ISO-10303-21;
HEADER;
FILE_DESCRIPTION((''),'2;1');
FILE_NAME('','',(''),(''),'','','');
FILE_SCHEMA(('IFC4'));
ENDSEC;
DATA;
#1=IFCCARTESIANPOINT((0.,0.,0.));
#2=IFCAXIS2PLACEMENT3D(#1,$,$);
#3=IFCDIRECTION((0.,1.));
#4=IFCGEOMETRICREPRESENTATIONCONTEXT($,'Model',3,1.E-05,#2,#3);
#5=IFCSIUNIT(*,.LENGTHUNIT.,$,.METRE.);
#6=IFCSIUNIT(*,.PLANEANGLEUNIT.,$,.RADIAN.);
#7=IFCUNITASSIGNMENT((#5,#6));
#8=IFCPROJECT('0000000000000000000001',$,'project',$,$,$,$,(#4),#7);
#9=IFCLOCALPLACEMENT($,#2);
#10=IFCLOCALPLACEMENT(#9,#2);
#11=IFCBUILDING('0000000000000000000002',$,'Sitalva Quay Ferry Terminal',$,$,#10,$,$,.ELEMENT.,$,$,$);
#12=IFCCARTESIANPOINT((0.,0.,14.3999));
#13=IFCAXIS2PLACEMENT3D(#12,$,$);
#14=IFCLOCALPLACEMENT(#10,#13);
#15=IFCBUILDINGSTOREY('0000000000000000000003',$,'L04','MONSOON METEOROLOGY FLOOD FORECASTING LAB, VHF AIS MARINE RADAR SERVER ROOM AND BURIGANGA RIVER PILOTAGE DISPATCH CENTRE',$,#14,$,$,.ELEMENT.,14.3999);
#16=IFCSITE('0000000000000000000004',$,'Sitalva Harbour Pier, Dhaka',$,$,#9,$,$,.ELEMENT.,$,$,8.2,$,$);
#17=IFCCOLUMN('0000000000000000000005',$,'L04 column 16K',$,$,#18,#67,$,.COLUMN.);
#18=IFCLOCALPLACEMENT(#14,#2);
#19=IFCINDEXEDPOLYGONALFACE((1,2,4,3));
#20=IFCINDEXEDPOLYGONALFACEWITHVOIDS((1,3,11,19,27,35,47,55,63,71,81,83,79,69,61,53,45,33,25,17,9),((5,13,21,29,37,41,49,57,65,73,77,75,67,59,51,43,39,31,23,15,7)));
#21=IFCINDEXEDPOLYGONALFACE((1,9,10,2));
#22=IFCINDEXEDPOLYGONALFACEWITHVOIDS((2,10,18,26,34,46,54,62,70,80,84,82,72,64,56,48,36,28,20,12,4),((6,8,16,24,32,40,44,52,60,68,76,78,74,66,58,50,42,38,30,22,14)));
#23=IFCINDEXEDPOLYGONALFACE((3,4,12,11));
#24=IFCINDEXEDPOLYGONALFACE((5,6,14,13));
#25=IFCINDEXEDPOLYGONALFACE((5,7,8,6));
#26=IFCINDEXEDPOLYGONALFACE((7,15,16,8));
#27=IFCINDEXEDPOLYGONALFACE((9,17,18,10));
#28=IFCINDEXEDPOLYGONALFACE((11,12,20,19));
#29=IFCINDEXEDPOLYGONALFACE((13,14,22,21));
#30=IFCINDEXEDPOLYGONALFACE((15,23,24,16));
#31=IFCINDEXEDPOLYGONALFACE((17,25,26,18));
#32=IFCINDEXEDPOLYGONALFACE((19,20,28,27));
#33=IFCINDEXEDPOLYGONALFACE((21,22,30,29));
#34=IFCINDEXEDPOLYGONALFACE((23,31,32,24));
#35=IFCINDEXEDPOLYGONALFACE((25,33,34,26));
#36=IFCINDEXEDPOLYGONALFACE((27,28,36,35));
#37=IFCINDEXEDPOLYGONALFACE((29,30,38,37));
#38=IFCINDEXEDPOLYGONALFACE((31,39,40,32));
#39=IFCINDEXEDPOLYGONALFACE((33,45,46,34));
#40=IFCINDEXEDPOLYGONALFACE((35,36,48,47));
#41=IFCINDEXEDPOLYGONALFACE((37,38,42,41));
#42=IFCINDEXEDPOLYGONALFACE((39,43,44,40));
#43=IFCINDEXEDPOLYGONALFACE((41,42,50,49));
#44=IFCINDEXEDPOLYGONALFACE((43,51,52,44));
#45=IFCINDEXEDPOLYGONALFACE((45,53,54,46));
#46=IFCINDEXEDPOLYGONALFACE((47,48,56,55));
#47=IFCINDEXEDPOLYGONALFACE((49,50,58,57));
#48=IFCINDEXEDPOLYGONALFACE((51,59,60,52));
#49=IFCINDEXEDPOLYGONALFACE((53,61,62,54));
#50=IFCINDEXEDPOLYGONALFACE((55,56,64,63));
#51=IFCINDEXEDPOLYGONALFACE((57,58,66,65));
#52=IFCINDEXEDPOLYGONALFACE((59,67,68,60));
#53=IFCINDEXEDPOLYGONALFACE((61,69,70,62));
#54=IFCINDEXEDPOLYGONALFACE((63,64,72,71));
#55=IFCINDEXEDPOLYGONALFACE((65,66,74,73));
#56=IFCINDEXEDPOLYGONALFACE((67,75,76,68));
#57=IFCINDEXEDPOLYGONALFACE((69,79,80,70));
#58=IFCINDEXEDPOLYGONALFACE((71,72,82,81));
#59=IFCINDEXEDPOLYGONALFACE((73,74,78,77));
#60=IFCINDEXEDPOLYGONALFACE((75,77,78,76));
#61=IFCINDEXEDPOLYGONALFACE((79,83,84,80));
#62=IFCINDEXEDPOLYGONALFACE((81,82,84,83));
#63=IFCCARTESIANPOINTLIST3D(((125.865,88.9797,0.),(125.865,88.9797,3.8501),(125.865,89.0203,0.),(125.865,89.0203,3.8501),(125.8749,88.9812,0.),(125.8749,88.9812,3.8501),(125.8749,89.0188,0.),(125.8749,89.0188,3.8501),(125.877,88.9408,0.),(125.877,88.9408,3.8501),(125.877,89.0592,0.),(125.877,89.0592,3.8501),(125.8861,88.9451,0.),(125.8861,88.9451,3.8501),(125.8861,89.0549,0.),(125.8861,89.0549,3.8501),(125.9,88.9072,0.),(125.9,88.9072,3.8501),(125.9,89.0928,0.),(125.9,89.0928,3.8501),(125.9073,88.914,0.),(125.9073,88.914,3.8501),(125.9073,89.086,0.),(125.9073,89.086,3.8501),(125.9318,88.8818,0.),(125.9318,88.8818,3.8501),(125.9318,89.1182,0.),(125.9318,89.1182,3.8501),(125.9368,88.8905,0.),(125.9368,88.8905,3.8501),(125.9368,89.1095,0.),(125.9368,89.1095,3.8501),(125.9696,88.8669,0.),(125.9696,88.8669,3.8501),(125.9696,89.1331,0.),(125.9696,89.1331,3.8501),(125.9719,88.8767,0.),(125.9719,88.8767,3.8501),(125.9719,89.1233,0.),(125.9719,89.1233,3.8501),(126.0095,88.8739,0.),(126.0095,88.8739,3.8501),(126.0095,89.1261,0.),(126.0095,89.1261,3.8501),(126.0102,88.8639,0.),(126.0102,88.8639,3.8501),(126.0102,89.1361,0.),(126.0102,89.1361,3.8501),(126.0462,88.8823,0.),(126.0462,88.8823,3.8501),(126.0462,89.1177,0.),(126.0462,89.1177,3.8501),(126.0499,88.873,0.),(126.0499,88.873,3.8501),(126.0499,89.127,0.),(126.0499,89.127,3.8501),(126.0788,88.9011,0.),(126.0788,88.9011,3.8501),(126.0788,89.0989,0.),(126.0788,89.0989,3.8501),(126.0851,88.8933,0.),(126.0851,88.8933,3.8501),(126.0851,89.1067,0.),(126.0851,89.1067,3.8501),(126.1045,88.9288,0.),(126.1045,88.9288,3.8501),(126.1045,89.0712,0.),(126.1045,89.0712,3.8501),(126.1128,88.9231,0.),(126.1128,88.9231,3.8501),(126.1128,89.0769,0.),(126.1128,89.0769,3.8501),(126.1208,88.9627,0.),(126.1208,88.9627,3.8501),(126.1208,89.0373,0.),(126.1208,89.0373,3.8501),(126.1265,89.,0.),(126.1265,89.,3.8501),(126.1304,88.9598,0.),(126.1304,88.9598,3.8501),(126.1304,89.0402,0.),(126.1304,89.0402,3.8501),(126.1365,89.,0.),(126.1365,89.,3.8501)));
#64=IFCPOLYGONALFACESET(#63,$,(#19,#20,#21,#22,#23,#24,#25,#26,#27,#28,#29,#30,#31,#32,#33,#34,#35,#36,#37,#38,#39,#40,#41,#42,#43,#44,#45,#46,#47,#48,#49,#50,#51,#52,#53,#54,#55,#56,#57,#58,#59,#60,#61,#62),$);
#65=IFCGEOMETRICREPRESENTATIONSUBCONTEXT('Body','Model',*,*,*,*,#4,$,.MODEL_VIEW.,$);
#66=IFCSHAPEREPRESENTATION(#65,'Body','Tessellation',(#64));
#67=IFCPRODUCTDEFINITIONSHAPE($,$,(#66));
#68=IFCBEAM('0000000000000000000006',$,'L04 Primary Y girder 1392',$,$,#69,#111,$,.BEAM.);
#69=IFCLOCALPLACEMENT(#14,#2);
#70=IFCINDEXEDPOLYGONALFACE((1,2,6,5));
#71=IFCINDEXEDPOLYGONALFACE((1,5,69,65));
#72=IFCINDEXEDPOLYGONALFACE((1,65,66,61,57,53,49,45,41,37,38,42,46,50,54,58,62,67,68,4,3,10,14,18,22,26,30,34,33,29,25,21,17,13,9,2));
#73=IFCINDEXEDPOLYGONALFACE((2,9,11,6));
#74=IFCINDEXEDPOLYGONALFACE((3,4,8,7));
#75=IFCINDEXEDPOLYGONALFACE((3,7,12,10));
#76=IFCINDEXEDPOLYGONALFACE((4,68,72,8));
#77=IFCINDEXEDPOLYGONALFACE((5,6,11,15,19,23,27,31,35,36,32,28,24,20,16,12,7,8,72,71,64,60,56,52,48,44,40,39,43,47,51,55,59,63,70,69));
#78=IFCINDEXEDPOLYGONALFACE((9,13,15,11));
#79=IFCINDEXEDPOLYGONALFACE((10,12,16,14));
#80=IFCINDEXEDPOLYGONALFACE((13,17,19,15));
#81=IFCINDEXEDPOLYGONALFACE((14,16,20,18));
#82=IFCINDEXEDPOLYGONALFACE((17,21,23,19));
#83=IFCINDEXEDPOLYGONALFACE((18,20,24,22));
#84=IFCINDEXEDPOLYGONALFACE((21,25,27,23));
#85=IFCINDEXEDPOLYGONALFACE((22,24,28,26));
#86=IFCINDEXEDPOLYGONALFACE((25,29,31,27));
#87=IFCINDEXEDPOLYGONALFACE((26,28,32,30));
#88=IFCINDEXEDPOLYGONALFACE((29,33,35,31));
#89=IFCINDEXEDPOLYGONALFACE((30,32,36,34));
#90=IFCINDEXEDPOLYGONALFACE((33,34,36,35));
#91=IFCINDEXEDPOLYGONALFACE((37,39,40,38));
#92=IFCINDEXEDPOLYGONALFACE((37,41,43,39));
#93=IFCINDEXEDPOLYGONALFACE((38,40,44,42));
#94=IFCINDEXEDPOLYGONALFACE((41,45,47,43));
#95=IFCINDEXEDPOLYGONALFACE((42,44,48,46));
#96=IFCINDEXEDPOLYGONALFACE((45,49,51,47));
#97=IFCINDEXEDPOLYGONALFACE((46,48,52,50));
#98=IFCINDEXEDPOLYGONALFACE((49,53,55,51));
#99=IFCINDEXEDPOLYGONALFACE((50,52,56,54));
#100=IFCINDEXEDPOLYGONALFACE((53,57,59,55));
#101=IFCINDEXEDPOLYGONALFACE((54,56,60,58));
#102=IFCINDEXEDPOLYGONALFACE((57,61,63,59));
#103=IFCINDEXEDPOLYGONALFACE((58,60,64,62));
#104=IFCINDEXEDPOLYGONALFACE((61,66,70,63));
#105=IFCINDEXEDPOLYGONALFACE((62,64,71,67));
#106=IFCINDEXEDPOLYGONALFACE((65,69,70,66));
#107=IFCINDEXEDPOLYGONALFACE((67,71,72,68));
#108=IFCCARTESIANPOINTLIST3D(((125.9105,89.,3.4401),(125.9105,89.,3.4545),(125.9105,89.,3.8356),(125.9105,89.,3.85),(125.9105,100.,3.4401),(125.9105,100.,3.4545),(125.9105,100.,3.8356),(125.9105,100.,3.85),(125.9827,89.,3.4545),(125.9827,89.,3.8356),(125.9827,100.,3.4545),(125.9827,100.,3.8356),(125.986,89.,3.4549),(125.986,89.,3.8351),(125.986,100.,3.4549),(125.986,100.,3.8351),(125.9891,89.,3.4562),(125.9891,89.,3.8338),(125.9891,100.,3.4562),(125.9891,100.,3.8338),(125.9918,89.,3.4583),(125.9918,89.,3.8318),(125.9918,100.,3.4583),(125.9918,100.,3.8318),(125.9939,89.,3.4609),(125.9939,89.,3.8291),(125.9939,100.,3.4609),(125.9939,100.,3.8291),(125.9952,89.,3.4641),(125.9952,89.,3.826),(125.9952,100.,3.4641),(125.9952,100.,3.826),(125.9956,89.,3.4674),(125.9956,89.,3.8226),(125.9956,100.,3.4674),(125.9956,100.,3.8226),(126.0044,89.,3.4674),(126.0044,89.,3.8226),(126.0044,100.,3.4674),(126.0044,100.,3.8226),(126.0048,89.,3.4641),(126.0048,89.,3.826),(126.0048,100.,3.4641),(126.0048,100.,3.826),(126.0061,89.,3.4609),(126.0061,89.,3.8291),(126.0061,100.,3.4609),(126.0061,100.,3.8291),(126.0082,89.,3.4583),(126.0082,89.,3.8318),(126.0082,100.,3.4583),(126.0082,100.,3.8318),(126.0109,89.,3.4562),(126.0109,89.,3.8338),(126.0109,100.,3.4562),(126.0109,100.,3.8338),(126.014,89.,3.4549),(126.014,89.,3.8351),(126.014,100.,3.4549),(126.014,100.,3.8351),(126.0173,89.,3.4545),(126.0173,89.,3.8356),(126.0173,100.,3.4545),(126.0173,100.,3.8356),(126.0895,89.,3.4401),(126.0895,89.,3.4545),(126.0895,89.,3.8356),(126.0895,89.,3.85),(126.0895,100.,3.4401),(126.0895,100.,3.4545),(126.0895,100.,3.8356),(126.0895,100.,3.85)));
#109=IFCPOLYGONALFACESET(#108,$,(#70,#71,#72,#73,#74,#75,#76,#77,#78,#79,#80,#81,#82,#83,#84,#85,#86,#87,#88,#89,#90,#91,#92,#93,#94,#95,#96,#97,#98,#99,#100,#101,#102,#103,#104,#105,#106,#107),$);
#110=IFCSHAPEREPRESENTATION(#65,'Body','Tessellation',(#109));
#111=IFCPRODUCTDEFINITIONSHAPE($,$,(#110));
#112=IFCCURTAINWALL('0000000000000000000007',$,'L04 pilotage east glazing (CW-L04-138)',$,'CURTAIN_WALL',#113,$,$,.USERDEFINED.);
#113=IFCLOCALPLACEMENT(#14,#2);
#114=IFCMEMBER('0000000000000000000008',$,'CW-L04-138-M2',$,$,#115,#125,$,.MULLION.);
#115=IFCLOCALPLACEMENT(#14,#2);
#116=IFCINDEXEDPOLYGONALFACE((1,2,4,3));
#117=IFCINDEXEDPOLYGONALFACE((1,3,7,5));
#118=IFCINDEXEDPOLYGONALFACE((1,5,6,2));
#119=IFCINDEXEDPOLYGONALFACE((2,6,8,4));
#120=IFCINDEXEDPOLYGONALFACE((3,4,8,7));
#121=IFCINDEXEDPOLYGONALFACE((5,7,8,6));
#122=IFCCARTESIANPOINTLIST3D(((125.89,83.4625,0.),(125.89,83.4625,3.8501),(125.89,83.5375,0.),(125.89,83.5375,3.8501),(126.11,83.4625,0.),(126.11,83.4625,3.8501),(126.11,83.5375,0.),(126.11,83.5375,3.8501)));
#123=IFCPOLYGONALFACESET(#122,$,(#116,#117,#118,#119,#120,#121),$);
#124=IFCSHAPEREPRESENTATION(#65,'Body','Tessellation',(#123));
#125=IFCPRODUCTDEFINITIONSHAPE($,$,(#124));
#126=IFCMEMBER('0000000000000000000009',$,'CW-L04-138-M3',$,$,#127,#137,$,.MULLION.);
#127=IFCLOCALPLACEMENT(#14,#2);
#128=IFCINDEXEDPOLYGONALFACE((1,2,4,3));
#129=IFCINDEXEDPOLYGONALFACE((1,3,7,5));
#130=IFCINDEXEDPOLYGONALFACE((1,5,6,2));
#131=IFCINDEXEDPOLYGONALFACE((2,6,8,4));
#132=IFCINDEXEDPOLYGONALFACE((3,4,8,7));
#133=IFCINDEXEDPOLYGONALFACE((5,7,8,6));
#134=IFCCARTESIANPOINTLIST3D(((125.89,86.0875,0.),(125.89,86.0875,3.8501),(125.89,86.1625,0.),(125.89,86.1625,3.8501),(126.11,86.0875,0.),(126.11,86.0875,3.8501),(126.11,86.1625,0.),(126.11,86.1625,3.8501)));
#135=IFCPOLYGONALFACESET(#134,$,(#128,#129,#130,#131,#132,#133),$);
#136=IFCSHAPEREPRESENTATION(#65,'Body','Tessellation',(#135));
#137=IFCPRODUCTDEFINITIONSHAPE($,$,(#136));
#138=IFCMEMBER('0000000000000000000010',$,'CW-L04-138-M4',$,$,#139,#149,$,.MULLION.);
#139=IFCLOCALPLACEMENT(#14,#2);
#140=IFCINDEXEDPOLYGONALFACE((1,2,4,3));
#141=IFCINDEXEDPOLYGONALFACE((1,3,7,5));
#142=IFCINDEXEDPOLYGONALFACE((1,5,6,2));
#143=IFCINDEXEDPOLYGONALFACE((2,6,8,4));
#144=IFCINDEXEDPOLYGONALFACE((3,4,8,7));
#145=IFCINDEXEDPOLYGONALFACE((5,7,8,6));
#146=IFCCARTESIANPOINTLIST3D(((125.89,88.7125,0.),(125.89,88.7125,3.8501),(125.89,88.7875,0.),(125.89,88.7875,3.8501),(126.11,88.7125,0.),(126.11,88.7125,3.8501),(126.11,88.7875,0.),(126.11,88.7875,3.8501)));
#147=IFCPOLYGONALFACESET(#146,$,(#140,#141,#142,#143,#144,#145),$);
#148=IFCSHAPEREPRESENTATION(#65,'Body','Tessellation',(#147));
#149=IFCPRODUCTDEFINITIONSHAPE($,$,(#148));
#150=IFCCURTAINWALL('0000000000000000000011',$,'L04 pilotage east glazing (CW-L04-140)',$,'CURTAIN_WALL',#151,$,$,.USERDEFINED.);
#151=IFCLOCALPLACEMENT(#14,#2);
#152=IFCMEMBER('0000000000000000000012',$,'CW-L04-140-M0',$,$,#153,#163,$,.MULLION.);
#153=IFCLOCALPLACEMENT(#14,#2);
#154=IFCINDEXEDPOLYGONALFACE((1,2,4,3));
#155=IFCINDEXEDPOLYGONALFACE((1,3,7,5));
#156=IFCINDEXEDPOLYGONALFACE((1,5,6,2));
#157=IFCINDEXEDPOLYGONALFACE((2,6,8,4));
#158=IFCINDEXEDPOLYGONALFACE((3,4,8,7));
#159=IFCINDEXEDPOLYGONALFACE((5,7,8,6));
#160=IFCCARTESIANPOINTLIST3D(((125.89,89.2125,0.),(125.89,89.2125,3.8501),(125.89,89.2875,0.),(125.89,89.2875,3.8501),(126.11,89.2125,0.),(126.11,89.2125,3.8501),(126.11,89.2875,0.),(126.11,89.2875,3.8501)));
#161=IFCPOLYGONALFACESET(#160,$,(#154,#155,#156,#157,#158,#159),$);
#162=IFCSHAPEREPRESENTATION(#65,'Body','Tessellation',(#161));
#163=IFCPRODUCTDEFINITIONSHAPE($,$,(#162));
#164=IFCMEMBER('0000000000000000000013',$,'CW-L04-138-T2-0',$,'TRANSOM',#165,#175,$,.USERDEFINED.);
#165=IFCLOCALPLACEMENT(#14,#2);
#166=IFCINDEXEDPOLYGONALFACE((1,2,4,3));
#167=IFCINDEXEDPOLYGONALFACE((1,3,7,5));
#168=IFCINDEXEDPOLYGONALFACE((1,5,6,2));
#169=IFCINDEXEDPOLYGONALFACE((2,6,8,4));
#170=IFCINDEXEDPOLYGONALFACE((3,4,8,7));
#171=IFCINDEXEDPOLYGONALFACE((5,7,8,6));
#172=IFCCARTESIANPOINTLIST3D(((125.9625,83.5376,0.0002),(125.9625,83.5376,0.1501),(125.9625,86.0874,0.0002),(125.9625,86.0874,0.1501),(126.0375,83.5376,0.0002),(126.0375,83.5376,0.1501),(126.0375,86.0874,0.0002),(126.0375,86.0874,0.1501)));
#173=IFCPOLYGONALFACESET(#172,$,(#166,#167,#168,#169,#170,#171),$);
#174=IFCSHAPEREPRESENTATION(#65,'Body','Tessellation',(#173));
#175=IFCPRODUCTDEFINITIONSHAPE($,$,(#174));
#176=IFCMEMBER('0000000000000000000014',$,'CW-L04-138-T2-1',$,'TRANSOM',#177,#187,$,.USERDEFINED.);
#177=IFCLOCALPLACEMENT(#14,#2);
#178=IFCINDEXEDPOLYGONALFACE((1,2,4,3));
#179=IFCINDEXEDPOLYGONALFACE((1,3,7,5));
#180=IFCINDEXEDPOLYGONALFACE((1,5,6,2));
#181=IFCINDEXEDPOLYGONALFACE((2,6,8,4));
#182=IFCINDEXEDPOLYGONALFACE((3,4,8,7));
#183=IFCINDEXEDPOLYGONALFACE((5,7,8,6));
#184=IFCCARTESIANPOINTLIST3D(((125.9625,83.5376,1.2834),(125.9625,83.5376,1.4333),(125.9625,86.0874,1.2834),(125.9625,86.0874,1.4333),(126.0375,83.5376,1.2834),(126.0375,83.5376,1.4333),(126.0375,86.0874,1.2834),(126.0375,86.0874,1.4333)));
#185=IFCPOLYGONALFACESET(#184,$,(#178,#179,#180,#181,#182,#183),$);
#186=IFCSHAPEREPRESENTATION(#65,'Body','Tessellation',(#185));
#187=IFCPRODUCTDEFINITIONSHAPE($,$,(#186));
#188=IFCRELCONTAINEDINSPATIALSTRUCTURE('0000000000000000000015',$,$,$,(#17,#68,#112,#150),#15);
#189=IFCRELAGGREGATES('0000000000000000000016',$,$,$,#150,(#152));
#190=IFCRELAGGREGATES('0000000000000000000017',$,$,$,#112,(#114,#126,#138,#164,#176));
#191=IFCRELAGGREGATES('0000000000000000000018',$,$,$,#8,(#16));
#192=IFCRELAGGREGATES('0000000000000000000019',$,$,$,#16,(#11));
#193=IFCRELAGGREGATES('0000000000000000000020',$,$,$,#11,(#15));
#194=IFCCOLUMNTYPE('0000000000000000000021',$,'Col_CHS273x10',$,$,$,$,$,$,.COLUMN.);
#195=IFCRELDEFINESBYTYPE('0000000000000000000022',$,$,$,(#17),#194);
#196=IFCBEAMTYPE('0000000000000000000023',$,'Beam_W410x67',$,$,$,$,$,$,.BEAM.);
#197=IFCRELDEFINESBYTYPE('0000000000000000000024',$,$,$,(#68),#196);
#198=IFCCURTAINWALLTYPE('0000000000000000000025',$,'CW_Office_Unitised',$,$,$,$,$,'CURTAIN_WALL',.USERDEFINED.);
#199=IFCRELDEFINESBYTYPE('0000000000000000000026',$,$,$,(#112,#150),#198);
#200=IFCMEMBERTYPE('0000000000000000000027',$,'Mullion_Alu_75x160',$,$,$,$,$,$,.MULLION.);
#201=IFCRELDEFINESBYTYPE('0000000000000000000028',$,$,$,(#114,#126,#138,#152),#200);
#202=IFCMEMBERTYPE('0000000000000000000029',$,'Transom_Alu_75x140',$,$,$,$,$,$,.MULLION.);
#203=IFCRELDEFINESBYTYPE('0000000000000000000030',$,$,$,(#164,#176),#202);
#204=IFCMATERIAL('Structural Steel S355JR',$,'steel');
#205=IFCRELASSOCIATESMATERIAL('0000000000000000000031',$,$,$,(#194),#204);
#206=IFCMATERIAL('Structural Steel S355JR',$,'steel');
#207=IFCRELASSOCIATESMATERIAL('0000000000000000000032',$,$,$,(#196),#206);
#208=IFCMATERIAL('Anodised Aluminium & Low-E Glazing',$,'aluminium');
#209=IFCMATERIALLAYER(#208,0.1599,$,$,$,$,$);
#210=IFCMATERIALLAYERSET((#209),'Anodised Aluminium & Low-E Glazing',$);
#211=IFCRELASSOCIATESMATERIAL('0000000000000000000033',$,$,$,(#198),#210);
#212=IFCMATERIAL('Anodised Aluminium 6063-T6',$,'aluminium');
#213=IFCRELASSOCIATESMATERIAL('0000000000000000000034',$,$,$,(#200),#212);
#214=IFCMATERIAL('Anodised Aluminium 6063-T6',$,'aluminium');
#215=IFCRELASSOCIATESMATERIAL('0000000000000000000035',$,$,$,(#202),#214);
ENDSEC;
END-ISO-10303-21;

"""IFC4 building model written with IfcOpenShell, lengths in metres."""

from ifc_helpers import new_model, si_unit, direction, frame, origin, origin_2d, place, context, subcontext, project, spatial, rectangle, hollow_circle, i_section, extrude, material, layer, layer_set, material_profile, profile_set, type_object, element, aggregate, save


model = new_model("IFC4")

# Units and contexts
model_context = context("Model", 3, precision=1e-05, world=origin(), true_north=direction((0.0, 1.0)))
body_context = subcontext(model_context, "Body", "Model", "MODEL_VIEW")
ifc_project = project(units=[si_unit("LENGTHUNIT", "METRE"), si_unit("PLANEANGLEUNIT", "RADIAN")], contexts=[model_context])

# Site, building, storey
site_placement = place(None, origin())
site = spatial("IfcSite", under=ifc_project, at=site_placement, Name="Sitalva Harbour Pier, Dhaka", CompositionType="ELEMENT", RefElevation=8.2)
building_placement = place(site_placement, origin())
building = spatial("IfcBuilding", under=site, at=building_placement, Name="Sitalva Quay Ferry Terminal", CompositionType="ELEMENT")
storey_placement = place(building_placement, frame((0.0, 0.0, 14.3999)))
storey = spatial("IfcBuildingStorey", under=building, at=storey_placement, Name="L04", Description="MONSOON METEOROLOGY FLOOD FORECASTING LAB, VHF AIS MARINE RADAR SERVER ROOM AND BURIGANGA RIVER PILOTAGE DISPATCH CENTRE", CompositionType="ELEMENT", Elevation=14.3999)

# Column
ifc_material_1 = material(Name="Structural Steel S355JR", Category="steel")
ifc_material_profile_1 = material_profile(ifc_material_1, hollow_circle(Radius=0.1365, WallThickness=0.01, at=origin_2d()), Name="CHS273x10")
ifc_profile_set_1 = profile_set([ifc_material_profile_1], Name="Structural Steel S355JR")
column_type = type_object("IfcColumnType", Name="Col_CHS273x10", PredefinedType="COLUMN", material=ifc_profile_set_1)
column_placement = place(storey_placement, frame((126.0, 89.0, 0.0), z_axis=(0.0, 0.0, 1.0), x_axis=(1.0, 0.0, 0.0)))
element("IfcColumn", 1, at=column_placement, inside=storey, type_object=column_type, Name="L04 column 16K", PredefinedType="COLUMN", context=body_context, shape_type="SweptSolid", body=[
    extrude(hollow_circle(Radius=0.1365, WallThickness=0.01, at=origin_2d()), origin(), (0.0, 0.0, 1.0), 3.8501),
])

# Beam
ifc_material_2 = material(Name="Structural Steel S355JR", Category="steel")
ifc_material_profile_2 = material_profile(ifc_material_2, i_section(OverallWidth=0.179, OverallDepth=0.4099, WebThickness=0.0088, FlangeThickness=0.0144, FilletRadius=0.0129, at=origin_2d()), Name="W410x67")
ifc_profile_set_2 = profile_set([ifc_material_profile_2], Name="Structural Steel S355JR")
beam_type = type_object("IfcBeamType", Name="Beam_W410x67", PredefinedType="BEAM", material=ifc_profile_set_2)
beam_placement = place(storey_placement, frame((126.0, 89.0, 3.645), z_axis=(0.0, 1.0, 0.0), x_axis=(-1.0, 0.0, 0.0)))
element("IfcBeam", 2, at=beam_placement, inside=storey, type_object=beam_type, Name="L04 Primary Y girder 1392", PredefinedType="BEAM", context=body_context, shape_type="SweptSolid", body=[
    extrude(i_section(OverallWidth=0.179, OverallDepth=0.4099, WebThickness=0.0088, FlangeThickness=0.0144, FilletRadius=0.0129, at=origin_2d()), origin(), (0.0, 0.0, 1.0), 11.0),
])

# Curtain wall, members
ifc_material_3 = material(Name="Anodised Aluminium & Low-E Glazing", Category="aluminium")
ifc_layer_1 = layer(ifc_material_3, 0.1599)
ifc_layer_set_1 = layer_set([ifc_layer_1], Name="Anodised Aluminium & Low-E Glazing")
curtain_wall_type = type_object("IfcCurtainWallType", Name="CW_Office_Unitised", ElementType="CURTAIN_WALL", PredefinedType="USERDEFINED", material=ifc_layer_set_1)
curtain_wall_1_placement = place(storey_placement, origin())
curtain_wall_1 = element("IfcCurtainWall", 3, at=curtain_wall_1_placement, inside=storey, type_object=curtain_wall_type, Name="L04 pilotage east glazing (CW-L04-138)", ObjectType="CURTAIN_WALL", PredefinedType="USERDEFINED")
ifc_material_4 = material(Name="Anodised Aluminium 6063-T6", Category="aluminium")
ifc_material_profile_3 = material_profile(ifc_material_4, rectangle(XDim=0.075, YDim=0.22, at=origin_2d()), Name="ALU75x220")
ifc_profile_set_3 = profile_set([ifc_material_profile_3], Name="Anodised Aluminium 6063-T6")
member_type_1 = type_object("IfcMemberType", Name="Mullion_Alu_75x160", PredefinedType="MULLION", material=ifc_profile_set_3)
member_1_placement = place(storey_placement, frame((126.0, 83.5, 0.0), z_axis=(0.0, 0.0, 1.0), x_axis=(0.0, 1.0, 0.0)))
member_1 = element("IfcMember", 4, at=member_1_placement, type_object=member_type_1, Name="CW-L04-138-M2", PredefinedType="MULLION", context=body_context, shape_type="SweptSolid", body=[
    extrude(rectangle(XDim=0.075, YDim=0.22, at=origin_2d()), origin(), (0.0, 0.0, 1.0), 3.8501),
])
member_2_placement = place(storey_placement, frame((126.0, 86.125, 0.0), z_axis=(0.0, 0.0, 1.0), x_axis=(0.0, 1.0, 0.0)))
member_2 = element("IfcMember", 5, at=member_2_placement, type_object=member_type_1, Name="CW-L04-138-M3", PredefinedType="MULLION", context=body_context, shape_type="SweptSolid", body=[
    extrude(rectangle(XDim=0.075, YDim=0.22, at=origin_2d()), origin(), (0.0, 0.0, 1.0), 3.8501),
])
member_3_placement = place(storey_placement, frame((126.0, 88.75, 0.0), z_axis=(0.0, 0.0, 1.0), x_axis=(0.0, 1.0, 0.0)))
member_3 = element("IfcMember", 6, at=member_3_placement, type_object=member_type_1, Name="CW-L04-138-M4", PredefinedType="MULLION", context=body_context, shape_type="SweptSolid", body=[
    extrude(rectangle(XDim=0.075, YDim=0.22, at=origin_2d()), origin(), (0.0, 0.0, 1.0), 3.8501),
])

# Curtain wall, member
curtain_wall_2_placement = place(storey_placement, origin())
curtain_wall_2 = element("IfcCurtainWall", 7, at=curtain_wall_2_placement, inside=storey, type_object=curtain_wall_type, Name="L04 pilotage east glazing (CW-L04-140)", ObjectType="CURTAIN_WALL", PredefinedType="USERDEFINED")
member_4_placement = place(storey_placement, frame((126.0, 89.25, 0.0), z_axis=(0.0, 0.0, 1.0), x_axis=(0.0, 1.0, 0.0)))
member_4 = element("IfcMember", 8, at=member_4_placement, type_object=member_type_1, Name="CW-L04-140-M0", PredefinedType="MULLION", context=body_context, shape_type="SweptSolid", body=[
    extrude(rectangle(XDim=0.075, YDim=0.22, at=origin_2d()), origin(), (0.0, 0.0, 1.0), 3.8501),
])

# Members
ifc_material_5 = material(Name="Anodised Aluminium 6063-T6", Category="aluminium")
ifc_material_profile_4 = material_profile(ifc_material_5, rectangle(XDim=0.075, YDim=0.1499, at=origin_2d()), Name="ALU75x150")
ifc_profile_set_4 = profile_set([ifc_material_profile_4], Name="Anodised Aluminium 6063-T6")
member_type_2 = type_object("IfcMemberType", Name="Transom_Alu_75x140", PredefinedType="MULLION", material=ifc_profile_set_4)
member_5_placement = place(storey_placement, frame((126.0, 83.5376, 0.0752), z_axis=(0.0, 1.0, 0.0), x_axis=(-1.0, 0.0, 0.0)))
member_5 = element("IfcMember", 9, at=member_5_placement, type_object=member_type_2, Name="CW-L04-138-T2-0", ObjectType="TRANSOM", PredefinedType="USERDEFINED", context=body_context, shape_type="SweptSolid", body=[
    extrude(rectangle(XDim=0.075, YDim=0.1499, at=origin_2d()), origin(), (0.0, 0.0, 1.0), 2.5498),
])
member_6_placement = place(storey_placement, frame((126.0, 83.5376, 1.3584), z_axis=(0.0, 1.0, 0.0), x_axis=(-1.0, 0.0, 0.0)))
member_6 = element("IfcMember", 10, at=member_6_placement, type_object=member_type_2, Name="CW-L04-138-T2-1", ObjectType="TRANSOM", PredefinedType="USERDEFINED", context=body_context, shape_type="SweptSolid", body=[
    extrude(rectangle(XDim=0.075, YDim=0.1499, at=origin_2d()), origin(), (0.0, 0.0, 1.0), 2.5498),
])
aggregate(curtain_wall_2, [member_4])

aggregate(curtain_wall_1, [member_1, member_2, member_3, member_5, member_6])

save(model, "model.ifc")
